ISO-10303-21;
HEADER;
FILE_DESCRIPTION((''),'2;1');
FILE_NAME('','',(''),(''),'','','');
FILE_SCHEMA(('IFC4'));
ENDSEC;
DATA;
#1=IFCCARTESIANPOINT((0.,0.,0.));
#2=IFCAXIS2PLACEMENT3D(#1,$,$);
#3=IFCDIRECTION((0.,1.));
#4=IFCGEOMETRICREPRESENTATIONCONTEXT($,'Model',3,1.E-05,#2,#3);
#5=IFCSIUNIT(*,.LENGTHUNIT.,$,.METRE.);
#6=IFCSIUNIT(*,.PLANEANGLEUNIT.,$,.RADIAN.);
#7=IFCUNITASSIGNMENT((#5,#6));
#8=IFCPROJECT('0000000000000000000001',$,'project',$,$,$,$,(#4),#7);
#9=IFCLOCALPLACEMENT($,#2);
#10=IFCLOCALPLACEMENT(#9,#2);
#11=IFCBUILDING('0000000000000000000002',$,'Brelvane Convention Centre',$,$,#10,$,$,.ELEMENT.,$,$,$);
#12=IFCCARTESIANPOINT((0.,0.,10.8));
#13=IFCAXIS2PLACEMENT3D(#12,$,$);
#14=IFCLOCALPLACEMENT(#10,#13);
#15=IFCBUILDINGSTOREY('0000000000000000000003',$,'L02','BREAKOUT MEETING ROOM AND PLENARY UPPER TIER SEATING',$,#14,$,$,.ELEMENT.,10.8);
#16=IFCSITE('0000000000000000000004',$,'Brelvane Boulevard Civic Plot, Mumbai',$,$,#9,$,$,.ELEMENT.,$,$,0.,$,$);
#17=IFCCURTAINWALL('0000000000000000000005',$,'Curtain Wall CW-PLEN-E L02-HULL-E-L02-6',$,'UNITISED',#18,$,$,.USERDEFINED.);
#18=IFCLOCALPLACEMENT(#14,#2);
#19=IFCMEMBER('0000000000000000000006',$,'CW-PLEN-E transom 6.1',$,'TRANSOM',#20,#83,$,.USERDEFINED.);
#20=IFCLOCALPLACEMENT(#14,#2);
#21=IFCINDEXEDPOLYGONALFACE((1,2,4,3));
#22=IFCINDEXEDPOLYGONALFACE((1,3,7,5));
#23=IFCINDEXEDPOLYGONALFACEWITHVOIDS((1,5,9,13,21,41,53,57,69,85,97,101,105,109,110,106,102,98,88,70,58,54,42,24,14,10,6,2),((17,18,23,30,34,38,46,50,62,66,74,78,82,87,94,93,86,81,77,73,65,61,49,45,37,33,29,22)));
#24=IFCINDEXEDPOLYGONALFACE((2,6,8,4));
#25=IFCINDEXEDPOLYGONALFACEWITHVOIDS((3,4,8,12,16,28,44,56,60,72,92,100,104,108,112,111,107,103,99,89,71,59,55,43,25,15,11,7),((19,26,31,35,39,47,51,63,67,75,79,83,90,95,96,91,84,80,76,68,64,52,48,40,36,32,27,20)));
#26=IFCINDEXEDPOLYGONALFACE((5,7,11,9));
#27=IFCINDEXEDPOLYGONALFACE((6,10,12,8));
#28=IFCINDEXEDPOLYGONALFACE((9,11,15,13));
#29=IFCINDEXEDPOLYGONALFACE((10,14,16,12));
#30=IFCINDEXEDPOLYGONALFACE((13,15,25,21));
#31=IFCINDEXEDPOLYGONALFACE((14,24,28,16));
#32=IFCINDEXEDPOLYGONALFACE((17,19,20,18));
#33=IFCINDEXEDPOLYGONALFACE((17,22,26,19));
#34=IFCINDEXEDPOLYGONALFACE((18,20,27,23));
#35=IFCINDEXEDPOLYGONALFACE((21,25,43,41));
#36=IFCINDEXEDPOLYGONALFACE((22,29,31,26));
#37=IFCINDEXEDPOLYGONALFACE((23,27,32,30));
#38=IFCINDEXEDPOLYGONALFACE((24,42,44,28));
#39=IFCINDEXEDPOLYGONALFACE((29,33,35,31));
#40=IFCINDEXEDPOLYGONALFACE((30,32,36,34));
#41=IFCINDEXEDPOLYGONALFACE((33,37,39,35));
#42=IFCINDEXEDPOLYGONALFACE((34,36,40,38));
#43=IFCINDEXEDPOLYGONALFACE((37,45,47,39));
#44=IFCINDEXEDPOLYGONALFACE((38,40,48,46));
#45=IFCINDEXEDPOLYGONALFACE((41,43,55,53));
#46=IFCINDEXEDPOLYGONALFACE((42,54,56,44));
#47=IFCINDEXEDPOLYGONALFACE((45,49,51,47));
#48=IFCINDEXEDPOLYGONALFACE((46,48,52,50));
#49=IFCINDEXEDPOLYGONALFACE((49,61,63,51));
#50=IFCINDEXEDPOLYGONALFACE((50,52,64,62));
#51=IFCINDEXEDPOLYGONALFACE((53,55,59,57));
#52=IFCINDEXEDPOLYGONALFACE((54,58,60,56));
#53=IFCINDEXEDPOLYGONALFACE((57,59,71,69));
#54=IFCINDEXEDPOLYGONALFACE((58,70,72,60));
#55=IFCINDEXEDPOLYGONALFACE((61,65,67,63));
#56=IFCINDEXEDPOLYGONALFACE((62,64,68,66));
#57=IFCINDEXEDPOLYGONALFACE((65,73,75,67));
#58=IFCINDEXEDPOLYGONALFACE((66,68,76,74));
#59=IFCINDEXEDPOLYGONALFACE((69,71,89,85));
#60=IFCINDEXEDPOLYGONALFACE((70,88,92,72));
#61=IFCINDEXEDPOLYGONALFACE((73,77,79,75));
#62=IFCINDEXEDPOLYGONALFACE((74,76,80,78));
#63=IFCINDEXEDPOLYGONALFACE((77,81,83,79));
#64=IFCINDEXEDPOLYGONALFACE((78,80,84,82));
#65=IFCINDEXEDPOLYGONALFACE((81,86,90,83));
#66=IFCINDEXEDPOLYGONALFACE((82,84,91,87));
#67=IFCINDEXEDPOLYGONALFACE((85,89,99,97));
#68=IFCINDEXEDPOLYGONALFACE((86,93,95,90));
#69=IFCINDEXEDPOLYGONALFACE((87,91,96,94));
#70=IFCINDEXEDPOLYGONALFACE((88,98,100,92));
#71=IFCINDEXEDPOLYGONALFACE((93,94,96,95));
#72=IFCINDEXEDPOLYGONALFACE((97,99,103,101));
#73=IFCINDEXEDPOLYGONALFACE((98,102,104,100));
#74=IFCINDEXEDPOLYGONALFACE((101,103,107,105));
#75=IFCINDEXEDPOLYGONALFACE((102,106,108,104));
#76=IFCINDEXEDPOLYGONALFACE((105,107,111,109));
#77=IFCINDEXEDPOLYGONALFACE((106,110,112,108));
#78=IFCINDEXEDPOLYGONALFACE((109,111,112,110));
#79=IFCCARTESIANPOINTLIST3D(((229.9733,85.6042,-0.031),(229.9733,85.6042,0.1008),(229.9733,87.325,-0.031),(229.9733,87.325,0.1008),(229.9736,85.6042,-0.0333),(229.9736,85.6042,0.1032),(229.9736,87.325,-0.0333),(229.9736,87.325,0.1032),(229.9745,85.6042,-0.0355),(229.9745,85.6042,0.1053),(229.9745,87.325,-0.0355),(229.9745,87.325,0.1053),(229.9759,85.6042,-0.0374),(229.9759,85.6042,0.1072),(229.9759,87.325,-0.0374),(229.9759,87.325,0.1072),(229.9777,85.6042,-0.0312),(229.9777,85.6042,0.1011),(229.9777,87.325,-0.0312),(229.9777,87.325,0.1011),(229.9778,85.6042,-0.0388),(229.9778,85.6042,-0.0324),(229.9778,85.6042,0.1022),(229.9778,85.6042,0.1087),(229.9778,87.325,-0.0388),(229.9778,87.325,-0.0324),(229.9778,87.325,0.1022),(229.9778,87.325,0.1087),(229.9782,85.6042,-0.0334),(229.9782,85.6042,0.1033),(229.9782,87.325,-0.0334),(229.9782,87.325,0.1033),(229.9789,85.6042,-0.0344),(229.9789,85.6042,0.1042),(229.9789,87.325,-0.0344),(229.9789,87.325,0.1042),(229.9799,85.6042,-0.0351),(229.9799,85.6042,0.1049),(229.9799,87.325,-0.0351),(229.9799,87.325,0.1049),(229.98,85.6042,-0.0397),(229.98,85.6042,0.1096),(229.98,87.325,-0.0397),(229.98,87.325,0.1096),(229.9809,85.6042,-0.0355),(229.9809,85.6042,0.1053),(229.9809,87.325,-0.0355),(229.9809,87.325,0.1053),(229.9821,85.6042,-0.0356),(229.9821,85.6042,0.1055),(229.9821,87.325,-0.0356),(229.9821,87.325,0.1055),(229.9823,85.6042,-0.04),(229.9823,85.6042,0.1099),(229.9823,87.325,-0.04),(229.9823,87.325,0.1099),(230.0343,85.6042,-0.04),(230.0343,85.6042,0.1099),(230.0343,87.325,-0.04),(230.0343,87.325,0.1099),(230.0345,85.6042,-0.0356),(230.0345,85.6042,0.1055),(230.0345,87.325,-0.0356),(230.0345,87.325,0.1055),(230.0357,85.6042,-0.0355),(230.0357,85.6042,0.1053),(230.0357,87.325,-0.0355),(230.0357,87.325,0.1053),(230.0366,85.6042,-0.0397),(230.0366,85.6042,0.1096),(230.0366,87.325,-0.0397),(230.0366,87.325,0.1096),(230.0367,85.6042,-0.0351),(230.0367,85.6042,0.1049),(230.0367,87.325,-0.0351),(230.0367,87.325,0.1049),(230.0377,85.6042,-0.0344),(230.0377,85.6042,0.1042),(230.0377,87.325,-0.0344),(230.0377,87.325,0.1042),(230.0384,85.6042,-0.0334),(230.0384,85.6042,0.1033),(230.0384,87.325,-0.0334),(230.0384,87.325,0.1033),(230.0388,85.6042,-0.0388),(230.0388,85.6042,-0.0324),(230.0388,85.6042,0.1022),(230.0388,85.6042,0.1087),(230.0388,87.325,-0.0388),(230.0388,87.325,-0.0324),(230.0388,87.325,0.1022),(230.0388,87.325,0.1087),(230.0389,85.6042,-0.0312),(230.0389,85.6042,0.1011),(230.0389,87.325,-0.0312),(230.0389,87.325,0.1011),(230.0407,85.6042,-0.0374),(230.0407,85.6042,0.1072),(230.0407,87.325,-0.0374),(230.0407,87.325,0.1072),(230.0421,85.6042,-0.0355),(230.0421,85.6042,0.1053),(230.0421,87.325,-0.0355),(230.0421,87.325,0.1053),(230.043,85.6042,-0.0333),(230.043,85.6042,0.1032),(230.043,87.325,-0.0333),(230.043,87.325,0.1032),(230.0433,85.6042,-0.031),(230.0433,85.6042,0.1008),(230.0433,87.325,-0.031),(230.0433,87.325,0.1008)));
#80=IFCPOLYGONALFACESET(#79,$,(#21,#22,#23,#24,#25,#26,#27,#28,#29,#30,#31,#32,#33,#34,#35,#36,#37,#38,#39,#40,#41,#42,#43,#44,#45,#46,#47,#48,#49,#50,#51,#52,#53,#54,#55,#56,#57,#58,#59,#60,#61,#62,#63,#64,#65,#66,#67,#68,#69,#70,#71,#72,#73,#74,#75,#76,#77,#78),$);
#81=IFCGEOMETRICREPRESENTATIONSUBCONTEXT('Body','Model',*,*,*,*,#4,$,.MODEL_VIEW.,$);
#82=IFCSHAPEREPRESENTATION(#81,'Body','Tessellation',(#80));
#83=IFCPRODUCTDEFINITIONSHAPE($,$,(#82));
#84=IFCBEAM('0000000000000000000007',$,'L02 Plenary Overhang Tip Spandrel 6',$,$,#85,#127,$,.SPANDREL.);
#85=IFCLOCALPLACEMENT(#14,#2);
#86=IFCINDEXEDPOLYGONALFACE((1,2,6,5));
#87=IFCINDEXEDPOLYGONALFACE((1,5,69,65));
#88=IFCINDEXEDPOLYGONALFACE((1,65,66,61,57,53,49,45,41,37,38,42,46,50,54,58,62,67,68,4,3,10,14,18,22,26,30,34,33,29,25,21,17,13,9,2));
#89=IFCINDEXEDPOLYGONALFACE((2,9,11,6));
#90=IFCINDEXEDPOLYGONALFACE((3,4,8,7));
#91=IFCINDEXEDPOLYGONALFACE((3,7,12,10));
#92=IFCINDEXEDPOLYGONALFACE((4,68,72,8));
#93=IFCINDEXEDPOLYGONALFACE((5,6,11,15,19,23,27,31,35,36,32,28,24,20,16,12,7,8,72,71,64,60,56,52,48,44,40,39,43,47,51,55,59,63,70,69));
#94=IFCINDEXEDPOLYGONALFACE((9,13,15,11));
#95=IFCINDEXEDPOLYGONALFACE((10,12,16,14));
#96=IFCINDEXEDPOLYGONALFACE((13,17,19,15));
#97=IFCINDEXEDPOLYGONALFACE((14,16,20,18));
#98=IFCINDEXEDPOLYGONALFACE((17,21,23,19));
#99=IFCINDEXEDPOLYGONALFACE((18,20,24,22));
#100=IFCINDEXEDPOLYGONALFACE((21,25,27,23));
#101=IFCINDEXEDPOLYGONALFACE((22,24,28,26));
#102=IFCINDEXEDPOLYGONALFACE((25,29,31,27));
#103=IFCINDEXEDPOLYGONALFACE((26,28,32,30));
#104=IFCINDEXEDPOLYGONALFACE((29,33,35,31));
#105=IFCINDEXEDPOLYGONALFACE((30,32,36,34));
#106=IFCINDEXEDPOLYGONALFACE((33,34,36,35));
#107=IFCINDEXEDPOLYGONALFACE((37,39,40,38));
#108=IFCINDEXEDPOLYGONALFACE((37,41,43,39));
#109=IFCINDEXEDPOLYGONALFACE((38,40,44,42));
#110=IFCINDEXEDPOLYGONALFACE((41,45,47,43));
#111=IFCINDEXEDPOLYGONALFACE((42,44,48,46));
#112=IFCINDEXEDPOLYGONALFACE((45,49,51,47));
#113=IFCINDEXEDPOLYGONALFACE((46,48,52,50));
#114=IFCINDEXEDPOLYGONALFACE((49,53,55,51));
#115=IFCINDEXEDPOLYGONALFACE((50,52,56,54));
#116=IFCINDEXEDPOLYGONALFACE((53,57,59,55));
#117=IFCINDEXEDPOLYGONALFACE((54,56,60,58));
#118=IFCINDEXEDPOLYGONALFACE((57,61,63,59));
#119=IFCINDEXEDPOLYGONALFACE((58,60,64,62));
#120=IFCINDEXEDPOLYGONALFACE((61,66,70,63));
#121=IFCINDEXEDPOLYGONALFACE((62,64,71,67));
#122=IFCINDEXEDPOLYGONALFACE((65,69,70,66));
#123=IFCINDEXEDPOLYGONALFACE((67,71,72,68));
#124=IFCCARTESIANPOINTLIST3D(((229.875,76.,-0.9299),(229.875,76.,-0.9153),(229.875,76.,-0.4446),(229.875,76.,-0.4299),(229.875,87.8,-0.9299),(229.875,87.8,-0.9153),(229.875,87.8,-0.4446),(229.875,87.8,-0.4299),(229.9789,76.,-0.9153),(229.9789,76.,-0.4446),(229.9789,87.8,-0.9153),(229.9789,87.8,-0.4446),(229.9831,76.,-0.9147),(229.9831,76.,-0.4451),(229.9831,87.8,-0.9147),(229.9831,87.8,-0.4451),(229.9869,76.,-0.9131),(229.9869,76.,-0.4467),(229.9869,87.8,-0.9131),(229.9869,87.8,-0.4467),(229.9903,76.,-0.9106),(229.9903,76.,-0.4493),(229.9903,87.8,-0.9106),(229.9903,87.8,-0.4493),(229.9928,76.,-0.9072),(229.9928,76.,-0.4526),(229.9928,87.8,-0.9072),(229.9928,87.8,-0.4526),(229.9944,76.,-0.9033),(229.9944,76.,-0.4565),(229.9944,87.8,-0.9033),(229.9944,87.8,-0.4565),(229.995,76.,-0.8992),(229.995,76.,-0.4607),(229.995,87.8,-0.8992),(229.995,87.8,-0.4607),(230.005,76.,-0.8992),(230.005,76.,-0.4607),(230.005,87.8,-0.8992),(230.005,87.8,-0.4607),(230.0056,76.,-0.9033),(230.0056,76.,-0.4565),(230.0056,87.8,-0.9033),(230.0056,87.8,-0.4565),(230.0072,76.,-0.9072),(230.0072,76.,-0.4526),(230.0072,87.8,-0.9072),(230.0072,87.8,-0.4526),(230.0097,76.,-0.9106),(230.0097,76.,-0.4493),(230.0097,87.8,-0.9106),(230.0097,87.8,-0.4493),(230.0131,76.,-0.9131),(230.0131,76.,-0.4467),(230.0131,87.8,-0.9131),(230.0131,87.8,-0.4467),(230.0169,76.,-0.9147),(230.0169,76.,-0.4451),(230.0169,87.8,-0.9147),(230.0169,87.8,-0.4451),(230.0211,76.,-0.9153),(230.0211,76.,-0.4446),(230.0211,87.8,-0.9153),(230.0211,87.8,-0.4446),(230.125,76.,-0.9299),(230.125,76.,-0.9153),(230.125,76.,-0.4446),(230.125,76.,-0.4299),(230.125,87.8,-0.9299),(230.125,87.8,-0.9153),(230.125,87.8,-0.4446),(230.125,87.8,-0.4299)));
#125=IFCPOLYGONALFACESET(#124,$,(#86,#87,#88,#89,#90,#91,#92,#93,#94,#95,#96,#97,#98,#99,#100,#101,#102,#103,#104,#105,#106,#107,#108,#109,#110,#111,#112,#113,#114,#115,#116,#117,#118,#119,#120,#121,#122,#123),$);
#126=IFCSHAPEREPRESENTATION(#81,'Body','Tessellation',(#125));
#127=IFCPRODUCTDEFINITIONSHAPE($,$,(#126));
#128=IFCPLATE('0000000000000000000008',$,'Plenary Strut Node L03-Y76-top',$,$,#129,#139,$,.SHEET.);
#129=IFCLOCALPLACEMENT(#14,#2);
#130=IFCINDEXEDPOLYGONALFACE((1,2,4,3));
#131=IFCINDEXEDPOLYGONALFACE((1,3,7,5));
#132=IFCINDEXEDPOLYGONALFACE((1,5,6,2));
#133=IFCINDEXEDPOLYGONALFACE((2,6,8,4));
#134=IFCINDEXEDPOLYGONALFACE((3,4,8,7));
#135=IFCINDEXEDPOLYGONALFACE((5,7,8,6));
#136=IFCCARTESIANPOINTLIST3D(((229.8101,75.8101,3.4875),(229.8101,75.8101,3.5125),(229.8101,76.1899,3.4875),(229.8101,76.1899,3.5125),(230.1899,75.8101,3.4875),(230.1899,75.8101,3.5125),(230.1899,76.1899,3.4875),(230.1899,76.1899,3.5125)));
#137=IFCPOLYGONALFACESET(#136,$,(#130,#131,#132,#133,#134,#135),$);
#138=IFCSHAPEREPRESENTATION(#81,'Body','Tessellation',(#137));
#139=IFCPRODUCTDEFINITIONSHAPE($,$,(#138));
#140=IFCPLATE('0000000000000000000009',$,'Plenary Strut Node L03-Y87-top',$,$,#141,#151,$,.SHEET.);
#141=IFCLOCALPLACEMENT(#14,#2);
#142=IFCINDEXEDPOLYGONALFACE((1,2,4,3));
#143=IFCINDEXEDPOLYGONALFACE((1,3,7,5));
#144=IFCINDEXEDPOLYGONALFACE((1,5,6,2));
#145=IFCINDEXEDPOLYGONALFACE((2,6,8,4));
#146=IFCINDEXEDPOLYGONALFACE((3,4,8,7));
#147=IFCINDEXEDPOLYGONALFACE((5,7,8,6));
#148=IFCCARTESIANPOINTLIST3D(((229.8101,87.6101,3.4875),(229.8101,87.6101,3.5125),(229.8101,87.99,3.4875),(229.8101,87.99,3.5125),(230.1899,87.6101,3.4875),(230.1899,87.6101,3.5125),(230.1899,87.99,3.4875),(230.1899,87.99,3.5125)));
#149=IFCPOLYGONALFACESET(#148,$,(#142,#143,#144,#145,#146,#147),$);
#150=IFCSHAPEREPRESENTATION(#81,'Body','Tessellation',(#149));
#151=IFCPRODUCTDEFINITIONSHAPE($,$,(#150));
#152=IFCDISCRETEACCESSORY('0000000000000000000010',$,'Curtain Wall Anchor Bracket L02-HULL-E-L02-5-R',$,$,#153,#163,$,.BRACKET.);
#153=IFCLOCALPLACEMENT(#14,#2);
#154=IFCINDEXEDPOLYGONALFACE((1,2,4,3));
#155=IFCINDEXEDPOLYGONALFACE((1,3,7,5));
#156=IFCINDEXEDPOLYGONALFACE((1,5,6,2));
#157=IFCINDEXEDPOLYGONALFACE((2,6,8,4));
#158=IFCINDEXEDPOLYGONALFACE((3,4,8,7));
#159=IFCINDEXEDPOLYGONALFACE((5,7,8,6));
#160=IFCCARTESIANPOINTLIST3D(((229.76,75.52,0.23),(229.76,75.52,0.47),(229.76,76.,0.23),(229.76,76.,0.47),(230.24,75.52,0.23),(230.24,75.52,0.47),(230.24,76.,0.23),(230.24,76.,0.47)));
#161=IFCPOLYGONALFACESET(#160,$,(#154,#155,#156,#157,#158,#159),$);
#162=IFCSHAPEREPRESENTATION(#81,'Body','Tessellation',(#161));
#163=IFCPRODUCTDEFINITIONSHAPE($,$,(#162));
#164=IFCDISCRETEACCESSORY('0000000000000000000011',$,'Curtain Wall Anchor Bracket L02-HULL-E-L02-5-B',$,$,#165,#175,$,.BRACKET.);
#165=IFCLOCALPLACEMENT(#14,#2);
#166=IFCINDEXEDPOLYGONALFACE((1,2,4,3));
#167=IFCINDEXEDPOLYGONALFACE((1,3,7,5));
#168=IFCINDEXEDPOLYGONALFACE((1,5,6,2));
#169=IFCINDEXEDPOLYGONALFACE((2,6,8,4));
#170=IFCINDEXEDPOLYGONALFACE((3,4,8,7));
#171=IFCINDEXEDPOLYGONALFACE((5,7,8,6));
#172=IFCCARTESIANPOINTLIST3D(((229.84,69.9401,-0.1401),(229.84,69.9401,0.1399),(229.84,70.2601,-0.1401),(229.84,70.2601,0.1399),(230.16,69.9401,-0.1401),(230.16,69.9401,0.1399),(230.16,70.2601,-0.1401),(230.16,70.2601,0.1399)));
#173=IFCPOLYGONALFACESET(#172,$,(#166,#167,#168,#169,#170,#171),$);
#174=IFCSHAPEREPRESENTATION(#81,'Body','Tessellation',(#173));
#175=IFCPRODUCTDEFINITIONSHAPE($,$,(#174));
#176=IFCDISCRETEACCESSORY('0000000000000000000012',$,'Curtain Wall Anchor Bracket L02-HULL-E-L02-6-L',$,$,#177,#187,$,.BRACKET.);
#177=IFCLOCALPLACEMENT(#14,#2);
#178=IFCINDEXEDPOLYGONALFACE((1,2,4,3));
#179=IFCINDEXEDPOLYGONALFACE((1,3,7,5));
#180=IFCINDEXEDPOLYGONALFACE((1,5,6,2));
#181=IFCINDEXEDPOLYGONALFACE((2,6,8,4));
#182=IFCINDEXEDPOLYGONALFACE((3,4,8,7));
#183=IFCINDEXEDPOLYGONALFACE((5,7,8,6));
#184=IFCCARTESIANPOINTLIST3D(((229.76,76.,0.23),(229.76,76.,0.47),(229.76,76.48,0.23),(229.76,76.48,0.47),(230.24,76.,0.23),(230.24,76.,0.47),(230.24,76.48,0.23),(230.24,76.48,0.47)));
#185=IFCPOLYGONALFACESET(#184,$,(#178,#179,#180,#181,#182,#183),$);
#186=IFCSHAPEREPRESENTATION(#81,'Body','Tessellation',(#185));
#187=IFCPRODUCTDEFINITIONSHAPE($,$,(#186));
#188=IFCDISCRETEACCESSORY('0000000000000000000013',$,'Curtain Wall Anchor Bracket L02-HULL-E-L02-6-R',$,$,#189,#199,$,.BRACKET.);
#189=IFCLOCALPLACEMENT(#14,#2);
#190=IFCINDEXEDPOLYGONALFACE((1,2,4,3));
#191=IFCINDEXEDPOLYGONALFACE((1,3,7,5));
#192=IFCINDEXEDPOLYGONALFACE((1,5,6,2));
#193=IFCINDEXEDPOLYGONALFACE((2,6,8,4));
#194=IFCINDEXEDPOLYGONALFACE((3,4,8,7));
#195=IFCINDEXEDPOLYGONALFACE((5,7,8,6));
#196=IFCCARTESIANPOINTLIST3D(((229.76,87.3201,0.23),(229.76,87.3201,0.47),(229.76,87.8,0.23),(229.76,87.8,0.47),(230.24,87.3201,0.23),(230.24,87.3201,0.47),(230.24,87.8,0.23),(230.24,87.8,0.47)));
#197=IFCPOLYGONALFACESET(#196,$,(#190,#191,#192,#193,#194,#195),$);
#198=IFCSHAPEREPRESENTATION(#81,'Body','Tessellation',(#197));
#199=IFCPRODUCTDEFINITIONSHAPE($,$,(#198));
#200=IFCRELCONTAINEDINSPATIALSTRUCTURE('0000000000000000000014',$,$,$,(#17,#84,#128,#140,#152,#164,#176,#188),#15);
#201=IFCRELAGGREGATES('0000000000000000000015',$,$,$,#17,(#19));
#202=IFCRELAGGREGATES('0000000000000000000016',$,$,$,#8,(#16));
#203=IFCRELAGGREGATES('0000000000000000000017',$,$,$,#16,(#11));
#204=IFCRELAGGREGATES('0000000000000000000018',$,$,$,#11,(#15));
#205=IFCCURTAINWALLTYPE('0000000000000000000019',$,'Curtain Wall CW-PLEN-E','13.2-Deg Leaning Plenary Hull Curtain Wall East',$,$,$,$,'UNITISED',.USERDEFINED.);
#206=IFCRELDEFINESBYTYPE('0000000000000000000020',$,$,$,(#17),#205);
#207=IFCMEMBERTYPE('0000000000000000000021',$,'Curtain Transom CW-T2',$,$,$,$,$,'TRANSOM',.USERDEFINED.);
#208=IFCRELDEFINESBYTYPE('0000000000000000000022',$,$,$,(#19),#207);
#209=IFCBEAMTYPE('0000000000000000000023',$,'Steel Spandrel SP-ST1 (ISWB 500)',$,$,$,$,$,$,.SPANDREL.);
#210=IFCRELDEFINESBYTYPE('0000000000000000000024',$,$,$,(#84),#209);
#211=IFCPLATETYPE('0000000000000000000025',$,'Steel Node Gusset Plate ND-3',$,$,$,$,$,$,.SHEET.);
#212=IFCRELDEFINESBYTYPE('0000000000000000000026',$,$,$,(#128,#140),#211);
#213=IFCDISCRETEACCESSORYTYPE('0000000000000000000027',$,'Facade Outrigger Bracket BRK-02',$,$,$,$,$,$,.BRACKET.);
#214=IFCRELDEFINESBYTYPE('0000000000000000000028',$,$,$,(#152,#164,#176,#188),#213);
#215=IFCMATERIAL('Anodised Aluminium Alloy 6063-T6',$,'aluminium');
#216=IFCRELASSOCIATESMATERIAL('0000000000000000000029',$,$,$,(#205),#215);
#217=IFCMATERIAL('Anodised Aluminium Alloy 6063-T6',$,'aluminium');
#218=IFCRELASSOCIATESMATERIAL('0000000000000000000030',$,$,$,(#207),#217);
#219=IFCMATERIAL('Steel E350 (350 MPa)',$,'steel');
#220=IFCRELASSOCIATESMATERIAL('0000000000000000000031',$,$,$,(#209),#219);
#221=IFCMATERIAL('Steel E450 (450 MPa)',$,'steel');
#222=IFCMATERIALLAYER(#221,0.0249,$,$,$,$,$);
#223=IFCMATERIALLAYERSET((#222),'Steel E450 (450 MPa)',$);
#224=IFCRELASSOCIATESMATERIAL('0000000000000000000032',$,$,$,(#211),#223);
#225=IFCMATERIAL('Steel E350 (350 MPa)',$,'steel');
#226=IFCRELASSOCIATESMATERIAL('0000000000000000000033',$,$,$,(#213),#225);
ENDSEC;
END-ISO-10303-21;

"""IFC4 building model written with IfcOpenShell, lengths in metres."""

from ifc_helpers import new_model, si_unit, direction, frame, origin, origin_2d, place, context, subcontext, project, spatial, rectangle, hollow_rectangle, i_section, extrude, material, layer, layer_set, material_profile, profile_set, type_object, element, aggregate, save


model = new_model("IFC4")

# Units and contexts
model_context = context("Model", 3, precision=1e-05, world=origin(), true_north=direction((0.0, 1.0)))
body_context = subcontext(model_context, "Body", "Model", "MODEL_VIEW")
ifc_project = project(units=[si_unit("LENGTHUNIT", "METRE"), si_unit("PLANEANGLEUNIT", "RADIAN")], contexts=[model_context])

# Site, building, storey
site_placement = place(None, origin())
site = spatial("IfcSite", under=ifc_project, at=site_placement, Name="Brelvane Boulevard Civic Plot, Mumbai", CompositionType="ELEMENT", RefElevation=0.0)
building_placement = place(site_placement, origin())
building = spatial("IfcBuilding", under=site, at=building_placement, Name="Brelvane Convention Centre", CompositionType="ELEMENT")
storey_placement = place(building_placement, frame((0.0, 0.0, 10.8)))
storey = spatial("IfcBuildingStorey", under=building, at=storey_placement, Name="L02", Description="BREAKOUT MEETING ROOM AND PLENARY UPPER TIER SEATING", CompositionType="ELEMENT", Elevation=10.8)

# Curtain wall
ifc_material_1 = material(Name="Anodised Aluminium Alloy 6063-T6", Category="aluminium")
curtain_wall_type = type_object("IfcCurtainWallType", Name="Curtain Wall CW-PLEN-E", Description="13.2-Deg Leaning Plenary Hull Curtain Wall East", ElementType="UNITISED", PredefinedType="USERDEFINED", material=ifc_material_1)
curtain_wall_1_placement = place(storey_placement, origin())
curtain_wall_1 = element("IfcCurtainWall", 1, at=curtain_wall_1_placement, inside=storey, type_object=curtain_wall_type, Name="Curtain Wall CW-PLEN-E L02-HULL-E-L02-6", ObjectType="UNITISED", PredefinedType="USERDEFINED")

# Member
ifc_material_2 = material(Name="Anodised Aluminium Alloy 6063-T6", Category="aluminium")
ifc_material_profile_1 = material_profile(ifc_material_2, hollow_rectangle(XDim=0.0701, YDim=0.1499, WallThickness=0.0044, InnerFilletRadius=0.0044, OuterFilletRadius=0.009, at=origin_2d()), Name="ALU-T 150x70x4.5")
ifc_profile_set_1 = profile_set([ifc_material_profile_1], Name="Anodised Aluminium Alloy 6063-T6")
member_type_1 = type_object("IfcMemberType", Name="Curtain Transom CW-T2", ElementType="TRANSOM", PredefinedType="USERDEFINED", material=ifc_profile_set_1)
member_1_placement = place(storey_placement, frame((230.0083, 85.6042, 0.0349), z_axis=(0.0, 1.0, 0.0), x_axis=(-1.0, 0.0, 0.0)))
member_1 = element("IfcMember", 2, at=member_1_placement, type_object=member_type_1, Name="CW-PLEN-E transom 6.1", ObjectType="TRANSOM", PredefinedType="USERDEFINED", context=body_context, shape_type="SweptSolid", body=[
    extrude(hollow_rectangle(XDim=0.0701, YDim=0.1499, WallThickness=0.0044, InnerFilletRadius=0.0044, OuterFilletRadius=0.009, at=origin_2d()), origin(), (0.0, 0.0, 1.0), 1.7207),
])
aggregate(curtain_wall_1, [member_1])

# Beam
ifc_material_3 = material(Name="Steel E350 (350 MPa)", Category="steel")
ifc_material_profile_2 = material_profile(ifc_material_3, i_section(OverallWidth=0.25, OverallDepth=0.5, WebThickness=0.01, FlangeThickness=0.0146, FilletRadius=0.0161, at=origin_2d()), Name="ISWB 500")
ifc_profile_set_2 = profile_set([ifc_material_profile_2], Name="Steel E350 (350 MPa)")
beam_type = type_object("IfcBeamType", Name="Steel Spandrel SP-ST1 (ISWB 500)", PredefinedType="SPANDREL", material=ifc_profile_set_2)
beam_placement = place(storey_placement, frame((230.0, 76.0, -0.6799), z_axis=(0.0, 1.0, 0.0), x_axis=(-1.0, 0.0, 0.0)))
element("IfcBeam", 3, at=beam_placement, inside=storey, type_object=beam_type, Name="L02 Plenary Overhang Tip Spandrel 6", PredefinedType="SPANDREL", context=body_context, shape_type="SweptSolid", body=[
    extrude(i_section(OverallWidth=0.25, OverallDepth=0.5, WebThickness=0.01, FlangeThickness=0.0146, FilletRadius=0.0161, at=origin_2d()), origin(), (0.0, 0.0, 1.0), 11.8),
])

# Plates
ifc_material_4 = material(Name="Steel E450 (450 MPa)", Category="steel")
ifc_layer = layer(ifc_material_4, 0.0249)
ifc_layer_set = layer_set([ifc_layer], Name="Steel E450 (450 MPa)")
plate_type = type_object("IfcPlateType", Name="Steel Node Gusset Plate ND-3", PredefinedType="SHEET", material=ifc_layer_set)
for number, where, z_axis, x_axis, name in (
    (4, (230.0, 76.0, 3.4875), (0.0, 0.0, 1.0), (1.0, 0.0, 0.0), "Plenary Strut Node L03-Y76-top"),
    (5, (230.0, 87.8, 3.4875), (0.0, 0.0, 1.0), (1.0, 0.0, 0.0), "Plenary Strut Node L03-Y87-top"),
):
    element("IfcPlate", number, at=place(storey_placement, frame(where, z_axis=z_axis, x_axis=x_axis)), inside=storey, type_object=plate_type, Name=name, PredefinedType="SHEET", context=body_context, shape_type="SweptSolid", body=[
        extrude(rectangle(XDim=0.3799, YDim=0.3799, at=origin_2d()), origin(), (0.0, 0.0, 1.0), 0.0249),
    ])

# Discrete accessories
ifc_material_5 = material(Name="Steel E350 (350 MPa)", Category="steel")
discrete_accessory_type = type_object("IfcDiscreteAccessoryType", Name="Facade Outrigger Bracket BRK-02", PredefinedType="BRACKET", material=ifc_material_5)
discrete_accessory_1_placement = place(storey_placement, frame((230.0, 75.76, 0.23), z_axis=(0.0, 0.0, 1.0), x_axis=(1.0, 0.0, 0.0)))
element("IfcDiscreteAccessory", 6, at=discrete_accessory_1_placement, inside=storey, type_object=discrete_accessory_type, Name="Curtain Wall Anchor Bracket L02-HULL-E-L02-5-R", PredefinedType="BRACKET", context=body_context, shape_type="SweptSolid", body=[
    extrude(rectangle(XDim=0.48, YDim=0.48, at=origin_2d()), origin(), (0.0, 0.0, 1.0), 0.24),
])
discrete_accessory_2_placement = place(storey_placement, frame((230.0, 70.1001, -0.1401), z_axis=(0.0, 0.0, 1.0), x_axis=(1.0, 0.0, 0.0)))
element("IfcDiscreteAccessory", 7, at=discrete_accessory_2_placement, inside=storey, type_object=discrete_accessory_type, Name="Curtain Wall Anchor Bracket L02-HULL-E-L02-5-B", PredefinedType="BRACKET", context=body_context, shape_type="SweptSolid", body=[
    extrude(rectangle(XDim=0.3201, YDim=0.3201, at=origin_2d()), origin(), (0.0, 0.0, 1.0), 0.28),
])
for number, where, z_axis, x_axis, name in (
    (8, (230.0, 76.24, 0.23), (0.0, 0.0, 1.0), (1.0, 0.0, 0.0), "Curtain Wall Anchor Bracket L02-HULL-E-L02-6-L"),
    (9, (230.0, 87.5601, 0.23), (0.0, 0.0, 1.0), (1.0, 0.0, 0.0), "Curtain Wall Anchor Bracket L02-HULL-E-L02-6-R"),
):
    element("IfcDiscreteAccessory", number, at=place(storey_placement, frame(where, z_axis=z_axis, x_axis=x_axis)), inside=storey, type_object=discrete_accessory_type, Name=name, PredefinedType="BRACKET", context=body_context, shape_type="SweptSolid", body=[
        extrude(rectangle(XDim=0.48, YDim=0.48, at=origin_2d()), origin(), (0.0, 0.0, 1.0), 0.24),
    ])

save(model, "model.ifc")
